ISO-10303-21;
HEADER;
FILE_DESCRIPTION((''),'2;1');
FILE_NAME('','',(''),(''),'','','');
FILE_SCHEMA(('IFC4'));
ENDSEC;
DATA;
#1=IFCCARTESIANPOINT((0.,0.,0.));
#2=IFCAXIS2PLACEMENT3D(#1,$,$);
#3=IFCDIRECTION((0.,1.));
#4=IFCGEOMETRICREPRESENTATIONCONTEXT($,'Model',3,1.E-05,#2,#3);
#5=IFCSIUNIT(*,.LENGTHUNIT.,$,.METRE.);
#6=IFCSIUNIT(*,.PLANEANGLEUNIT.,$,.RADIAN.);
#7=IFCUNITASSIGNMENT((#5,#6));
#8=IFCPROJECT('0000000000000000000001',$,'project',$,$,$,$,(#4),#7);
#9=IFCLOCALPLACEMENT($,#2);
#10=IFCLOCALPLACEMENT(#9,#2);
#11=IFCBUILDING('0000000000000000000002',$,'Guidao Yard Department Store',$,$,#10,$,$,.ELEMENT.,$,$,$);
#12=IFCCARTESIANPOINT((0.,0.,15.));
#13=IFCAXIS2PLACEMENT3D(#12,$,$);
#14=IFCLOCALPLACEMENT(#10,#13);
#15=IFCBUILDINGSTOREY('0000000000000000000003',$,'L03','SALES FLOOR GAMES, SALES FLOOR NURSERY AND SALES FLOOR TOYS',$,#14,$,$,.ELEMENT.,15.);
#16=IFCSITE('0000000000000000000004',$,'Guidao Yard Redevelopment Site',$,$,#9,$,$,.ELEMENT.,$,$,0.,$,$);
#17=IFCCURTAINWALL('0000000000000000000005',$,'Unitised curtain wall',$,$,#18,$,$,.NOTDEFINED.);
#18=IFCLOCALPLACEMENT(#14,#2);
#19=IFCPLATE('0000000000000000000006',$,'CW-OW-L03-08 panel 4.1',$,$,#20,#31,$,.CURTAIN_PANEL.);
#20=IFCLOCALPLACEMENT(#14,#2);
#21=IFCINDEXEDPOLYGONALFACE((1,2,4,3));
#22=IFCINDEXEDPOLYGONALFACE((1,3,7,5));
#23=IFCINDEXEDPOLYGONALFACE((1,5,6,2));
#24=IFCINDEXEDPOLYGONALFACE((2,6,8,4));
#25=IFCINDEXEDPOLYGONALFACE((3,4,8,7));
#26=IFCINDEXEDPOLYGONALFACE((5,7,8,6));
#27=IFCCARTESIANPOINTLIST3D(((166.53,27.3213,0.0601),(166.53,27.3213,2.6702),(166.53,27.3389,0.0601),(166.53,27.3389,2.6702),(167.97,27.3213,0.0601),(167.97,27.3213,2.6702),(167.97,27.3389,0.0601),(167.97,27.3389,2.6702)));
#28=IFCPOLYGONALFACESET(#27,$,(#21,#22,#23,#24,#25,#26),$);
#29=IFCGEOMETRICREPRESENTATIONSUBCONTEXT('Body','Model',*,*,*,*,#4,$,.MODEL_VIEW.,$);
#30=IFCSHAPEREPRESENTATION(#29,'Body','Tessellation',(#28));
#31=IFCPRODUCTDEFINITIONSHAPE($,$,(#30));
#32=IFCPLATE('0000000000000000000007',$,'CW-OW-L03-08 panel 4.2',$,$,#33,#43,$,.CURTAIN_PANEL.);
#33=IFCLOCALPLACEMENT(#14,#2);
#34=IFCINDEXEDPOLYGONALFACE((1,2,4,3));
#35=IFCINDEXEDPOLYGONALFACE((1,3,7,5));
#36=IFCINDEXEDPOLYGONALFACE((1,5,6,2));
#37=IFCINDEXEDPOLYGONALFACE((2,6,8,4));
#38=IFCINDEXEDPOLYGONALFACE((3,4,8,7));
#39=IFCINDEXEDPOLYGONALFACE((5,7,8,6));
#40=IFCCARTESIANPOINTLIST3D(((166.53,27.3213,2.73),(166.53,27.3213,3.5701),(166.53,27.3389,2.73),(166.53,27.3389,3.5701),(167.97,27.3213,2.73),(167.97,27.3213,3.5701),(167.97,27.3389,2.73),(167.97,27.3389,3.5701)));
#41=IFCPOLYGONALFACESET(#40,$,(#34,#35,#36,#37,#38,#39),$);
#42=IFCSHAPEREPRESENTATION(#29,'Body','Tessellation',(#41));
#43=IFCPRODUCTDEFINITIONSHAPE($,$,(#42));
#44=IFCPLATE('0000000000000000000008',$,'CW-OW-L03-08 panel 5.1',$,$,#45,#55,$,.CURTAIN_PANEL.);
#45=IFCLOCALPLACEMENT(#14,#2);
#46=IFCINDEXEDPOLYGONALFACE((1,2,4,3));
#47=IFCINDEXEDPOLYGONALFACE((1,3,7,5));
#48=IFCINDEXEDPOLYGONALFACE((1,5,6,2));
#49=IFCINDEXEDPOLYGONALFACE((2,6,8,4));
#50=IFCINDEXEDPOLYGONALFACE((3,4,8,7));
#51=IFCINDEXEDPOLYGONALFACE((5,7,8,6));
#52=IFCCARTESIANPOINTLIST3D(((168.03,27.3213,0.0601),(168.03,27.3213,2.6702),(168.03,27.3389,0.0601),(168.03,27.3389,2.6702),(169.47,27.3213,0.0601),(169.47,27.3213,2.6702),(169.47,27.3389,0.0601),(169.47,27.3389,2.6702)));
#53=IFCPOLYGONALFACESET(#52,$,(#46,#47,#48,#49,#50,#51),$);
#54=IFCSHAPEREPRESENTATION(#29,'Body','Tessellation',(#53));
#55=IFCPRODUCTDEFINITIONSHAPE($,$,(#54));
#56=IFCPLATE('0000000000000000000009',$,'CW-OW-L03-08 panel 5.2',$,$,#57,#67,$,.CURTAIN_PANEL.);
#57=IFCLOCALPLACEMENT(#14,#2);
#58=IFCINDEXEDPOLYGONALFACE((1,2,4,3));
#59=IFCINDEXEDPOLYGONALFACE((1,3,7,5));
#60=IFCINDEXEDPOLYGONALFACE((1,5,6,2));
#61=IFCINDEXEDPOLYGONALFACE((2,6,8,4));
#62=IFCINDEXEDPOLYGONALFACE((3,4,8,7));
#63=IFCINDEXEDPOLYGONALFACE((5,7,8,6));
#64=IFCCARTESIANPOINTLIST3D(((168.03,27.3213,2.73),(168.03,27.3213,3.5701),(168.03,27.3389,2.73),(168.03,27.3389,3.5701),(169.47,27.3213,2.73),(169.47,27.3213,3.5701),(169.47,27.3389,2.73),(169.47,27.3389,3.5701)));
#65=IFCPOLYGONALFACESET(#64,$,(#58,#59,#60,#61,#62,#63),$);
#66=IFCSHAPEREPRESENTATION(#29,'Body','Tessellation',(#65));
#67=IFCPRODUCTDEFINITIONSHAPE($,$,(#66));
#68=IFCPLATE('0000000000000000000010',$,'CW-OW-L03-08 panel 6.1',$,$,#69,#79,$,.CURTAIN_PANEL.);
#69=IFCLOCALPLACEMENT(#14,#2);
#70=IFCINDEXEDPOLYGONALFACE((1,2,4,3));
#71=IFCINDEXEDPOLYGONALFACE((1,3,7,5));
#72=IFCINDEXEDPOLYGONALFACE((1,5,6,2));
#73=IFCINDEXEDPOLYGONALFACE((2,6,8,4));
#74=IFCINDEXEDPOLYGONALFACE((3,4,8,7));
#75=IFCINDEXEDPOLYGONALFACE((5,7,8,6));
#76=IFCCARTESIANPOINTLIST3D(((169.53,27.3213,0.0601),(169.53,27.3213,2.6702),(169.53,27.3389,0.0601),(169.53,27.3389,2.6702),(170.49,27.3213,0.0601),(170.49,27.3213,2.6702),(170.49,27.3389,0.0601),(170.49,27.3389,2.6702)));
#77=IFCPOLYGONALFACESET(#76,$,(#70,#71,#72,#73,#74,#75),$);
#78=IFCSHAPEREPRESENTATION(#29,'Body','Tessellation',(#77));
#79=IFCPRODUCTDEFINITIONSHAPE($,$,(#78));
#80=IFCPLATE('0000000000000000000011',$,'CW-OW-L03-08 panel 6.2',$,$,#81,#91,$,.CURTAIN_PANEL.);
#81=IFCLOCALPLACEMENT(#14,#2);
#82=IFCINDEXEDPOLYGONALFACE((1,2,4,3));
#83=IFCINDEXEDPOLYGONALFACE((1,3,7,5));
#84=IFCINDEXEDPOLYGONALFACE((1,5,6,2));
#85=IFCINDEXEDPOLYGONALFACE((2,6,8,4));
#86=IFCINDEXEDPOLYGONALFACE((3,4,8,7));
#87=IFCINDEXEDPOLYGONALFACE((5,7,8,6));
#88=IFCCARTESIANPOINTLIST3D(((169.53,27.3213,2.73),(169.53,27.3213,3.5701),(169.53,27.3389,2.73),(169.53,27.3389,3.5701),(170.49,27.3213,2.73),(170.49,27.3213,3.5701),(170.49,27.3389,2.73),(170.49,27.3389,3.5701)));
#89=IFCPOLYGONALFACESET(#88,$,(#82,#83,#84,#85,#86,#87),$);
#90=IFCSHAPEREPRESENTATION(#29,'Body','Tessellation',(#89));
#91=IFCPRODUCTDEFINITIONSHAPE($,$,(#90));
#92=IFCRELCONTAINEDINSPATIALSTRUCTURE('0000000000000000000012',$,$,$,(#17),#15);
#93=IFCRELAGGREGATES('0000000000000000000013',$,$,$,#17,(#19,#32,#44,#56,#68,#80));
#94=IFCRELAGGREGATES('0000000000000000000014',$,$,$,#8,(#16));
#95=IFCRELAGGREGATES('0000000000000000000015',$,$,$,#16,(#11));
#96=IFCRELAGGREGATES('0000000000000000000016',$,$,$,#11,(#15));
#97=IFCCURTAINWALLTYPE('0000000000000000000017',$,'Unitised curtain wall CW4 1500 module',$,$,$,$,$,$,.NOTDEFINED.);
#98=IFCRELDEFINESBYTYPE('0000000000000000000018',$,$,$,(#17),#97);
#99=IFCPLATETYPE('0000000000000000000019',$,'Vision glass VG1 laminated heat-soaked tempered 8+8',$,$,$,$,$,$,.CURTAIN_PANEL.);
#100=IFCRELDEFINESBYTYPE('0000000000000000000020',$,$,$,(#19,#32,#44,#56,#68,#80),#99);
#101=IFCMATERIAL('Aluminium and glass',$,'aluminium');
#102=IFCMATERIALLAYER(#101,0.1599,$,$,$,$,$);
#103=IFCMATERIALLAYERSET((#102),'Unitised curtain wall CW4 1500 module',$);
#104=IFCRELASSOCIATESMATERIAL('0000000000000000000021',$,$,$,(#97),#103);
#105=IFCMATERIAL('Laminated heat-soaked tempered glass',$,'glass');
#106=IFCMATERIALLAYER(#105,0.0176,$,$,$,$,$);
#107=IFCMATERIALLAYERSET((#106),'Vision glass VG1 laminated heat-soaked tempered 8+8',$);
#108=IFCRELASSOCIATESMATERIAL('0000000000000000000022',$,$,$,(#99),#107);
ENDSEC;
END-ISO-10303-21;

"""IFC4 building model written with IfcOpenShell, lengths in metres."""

from ifc_helpers import new_model, si_unit, direction, frame, origin, origin_2d, place, context, subcontext, project, spatial, rectangle, extrude, material, layer, layer_set, type_object, element, aggregate, save


model = new_model("IFC4")

# Units and contexts
model_context = context("Model", 3, precision=1e-05, world=origin(), true_north=direction((0.0, 1.0)))
body_context = subcontext(model_context, "Body", "Model", "MODEL_VIEW")
ifc_project = project(units=[si_unit("LENGTHUNIT", "METRE"), si_unit("PLANEANGLEUNIT", "RADIAN")], contexts=[model_context])

# Site, building, storey
site_placement = place(None, origin())
site = spatial("IfcSite", under=ifc_project, at=site_placement, Name="Guidao Yard Redevelopment Site", CompositionType="ELEMENT", RefElevation=0.0)
building_placement = place(site_placement, origin())
building = spatial("IfcBuilding", under=site, at=building_placement, Name="Guidao Yard Department Store", CompositionType="ELEMENT")
storey_placement = place(building_placement, frame((0.0, 0.0, 15.0)))
storey = spatial("IfcBuildingStorey", under=building, at=storey_placement, Name="L03", Description="SALES FLOOR GAMES, SALES FLOOR NURSERY AND SALES FLOOR TOYS", CompositionType="ELEMENT", Elevation=15.0)

# Curtain wall, plates
ifc_material_1 = material(Name="Aluminium and glass", Category="aluminium")
ifc_layer_1 = layer(ifc_material_1, 0.1599)
ifc_layer_set_1 = layer_set([ifc_layer_1], Name="Unitised curtain wall CW4 1500 module")
curtain_wall_type = type_object("IfcCurtainWallType", Name="Unitised curtain wall CW4 1500 module", PredefinedType="NOTDEFINED", material=ifc_layer_set_1)
curtain_wall_placement = place(storey_placement, origin())
curtain_wall = element("IfcCurtainWall", 1, at=curtain_wall_placement, inside=storey, type_object=curtain_wall_type, Name="Unitised curtain wall", PredefinedType="NOTDEFINED")
ifc_material_2 = material(Name="Laminated heat-soaked tempered glass", Category="glass")
ifc_layer_2 = layer(ifc_material_2, 0.0176)
ifc_layer_set_2 = layer_set([ifc_layer_2], Name="Vision glass VG1 laminated heat-soaked tempered 8+8")
plate_type_1 = type_object("IfcPlateType", Name="Vision glass VG1 laminated heat-soaked tempered 8+8", PredefinedType="CURTAIN_PANEL", material=ifc_layer_set_2)
plate_1_placement = place(storey_placement, frame((167.25, 27.3301, 0.0601), z_axis=(0.0, 0.0, 1.0), x_axis=(1.0, 0.0, 0.0)))
plate_1 = element("IfcPlate", 2, at=plate_1_placement, type_object=plate_type_1, Name="CW-OW-L03-08 panel 4.1", PredefinedType="CURTAIN_PANEL", context=body_context, shape_type="SweptSolid", body=[
    extrude(rectangle(XDim=1.4399, YDim=0.0176, at=origin_2d()), origin(), (0.0, 0.0, 1.0), 2.6101),
])
plate_2_placement = place(storey_placement, frame((167.25, 27.3301, 2.73), z_axis=(0.0, 0.0, 1.0), x_axis=(1.0, 0.0, 0.0)))
plate_2 = element("IfcPlate", 3, at=plate_2_placement, type_object=plate_type_1, Name="CW-OW-L03-08 panel 4.2", PredefinedType="CURTAIN_PANEL", context=body_context, shape_type="SweptSolid", body=[
    extrude(rectangle(XDim=1.4399, YDim=0.0176, at=origin_2d()), origin(), (0.0, 0.0, 1.0), 0.8401),
])
plate_3_placement = place(storey_placement, frame((168.75, 27.3301, 0.0601), z_axis=(0.0, 0.0, 1.0), x_axis=(1.0, 0.0, 0.0)))
plate_3 = element("IfcPlate", 4, at=plate_3_placement, type_object=plate_type_1, Name="CW-OW-L03-08 panel 5.1", PredefinedType="CURTAIN_PANEL", context=body_context, shape_type="SweptSolid", body=[
    extrude(rectangle(XDim=1.4399, YDim=0.0176, at=origin_2d()), origin(), (0.0, 0.0, 1.0), 2.6101),
])
plate_4_placement = place(storey_placement, frame((168.75, 27.3301, 2.73), z_axis=(0.0, 0.0, 1.0), x_axis=(1.0, 0.0, 0.0)))
plate_4 = element("IfcPlate", 5, at=plate_4_placement, type_object=plate_type_1, Name="CW-OW-L03-08 panel 5.2", PredefinedType="CURTAIN_PANEL", context=body_context, shape_type="SweptSolid", body=[
    extrude(rectangle(XDim=1.4399, YDim=0.0176, at=origin_2d()), origin(), (0.0, 0.0, 1.0), 0.8401),
])
plate_5_placement = place(storey_placement, frame((170.01, 27.3301, 0.0601), z_axis=(0.0, 0.0, 1.0), x_axis=(1.0, 0.0, 0.0)))
plate_5 = element("IfcPlate", 6, at=plate_5_placement, type_object=plate_type_1, Name="CW-OW-L03-08 panel 6.1", PredefinedType="CURTAIN_PANEL", context=body_context, shape_type="SweptSolid", body=[
    extrude(rectangle(XDim=0.96, YDim=0.0176, at=origin_2d()), origin(), (0.0, 0.0, 1.0), 2.6101),
])
plate_6_placement = place(storey_placement, frame((170.01, 27.3301, 2.73), z_axis=(0.0, 0.0, 1.0), x_axis=(1.0, 0.0, 0.0)))
plate_6 = element("IfcPlate", 7, at=plate_6_placement, type_object=plate_type_1, Name="CW-OW-L03-08 panel 6.2", PredefinedType="CURTAIN_PANEL", context=body_context, shape_type="SweptSolid", body=[
    extrude(rectangle(XDim=0.96, YDim=0.0176, at=origin_2d()), origin(), (0.0, 0.0, 1.0), 0.8401),
])
aggregate(curtain_wall, [plate_1, plate_2, plate_3, plate_4, plate_5, plate_6])

save(model, "model.ifc")
